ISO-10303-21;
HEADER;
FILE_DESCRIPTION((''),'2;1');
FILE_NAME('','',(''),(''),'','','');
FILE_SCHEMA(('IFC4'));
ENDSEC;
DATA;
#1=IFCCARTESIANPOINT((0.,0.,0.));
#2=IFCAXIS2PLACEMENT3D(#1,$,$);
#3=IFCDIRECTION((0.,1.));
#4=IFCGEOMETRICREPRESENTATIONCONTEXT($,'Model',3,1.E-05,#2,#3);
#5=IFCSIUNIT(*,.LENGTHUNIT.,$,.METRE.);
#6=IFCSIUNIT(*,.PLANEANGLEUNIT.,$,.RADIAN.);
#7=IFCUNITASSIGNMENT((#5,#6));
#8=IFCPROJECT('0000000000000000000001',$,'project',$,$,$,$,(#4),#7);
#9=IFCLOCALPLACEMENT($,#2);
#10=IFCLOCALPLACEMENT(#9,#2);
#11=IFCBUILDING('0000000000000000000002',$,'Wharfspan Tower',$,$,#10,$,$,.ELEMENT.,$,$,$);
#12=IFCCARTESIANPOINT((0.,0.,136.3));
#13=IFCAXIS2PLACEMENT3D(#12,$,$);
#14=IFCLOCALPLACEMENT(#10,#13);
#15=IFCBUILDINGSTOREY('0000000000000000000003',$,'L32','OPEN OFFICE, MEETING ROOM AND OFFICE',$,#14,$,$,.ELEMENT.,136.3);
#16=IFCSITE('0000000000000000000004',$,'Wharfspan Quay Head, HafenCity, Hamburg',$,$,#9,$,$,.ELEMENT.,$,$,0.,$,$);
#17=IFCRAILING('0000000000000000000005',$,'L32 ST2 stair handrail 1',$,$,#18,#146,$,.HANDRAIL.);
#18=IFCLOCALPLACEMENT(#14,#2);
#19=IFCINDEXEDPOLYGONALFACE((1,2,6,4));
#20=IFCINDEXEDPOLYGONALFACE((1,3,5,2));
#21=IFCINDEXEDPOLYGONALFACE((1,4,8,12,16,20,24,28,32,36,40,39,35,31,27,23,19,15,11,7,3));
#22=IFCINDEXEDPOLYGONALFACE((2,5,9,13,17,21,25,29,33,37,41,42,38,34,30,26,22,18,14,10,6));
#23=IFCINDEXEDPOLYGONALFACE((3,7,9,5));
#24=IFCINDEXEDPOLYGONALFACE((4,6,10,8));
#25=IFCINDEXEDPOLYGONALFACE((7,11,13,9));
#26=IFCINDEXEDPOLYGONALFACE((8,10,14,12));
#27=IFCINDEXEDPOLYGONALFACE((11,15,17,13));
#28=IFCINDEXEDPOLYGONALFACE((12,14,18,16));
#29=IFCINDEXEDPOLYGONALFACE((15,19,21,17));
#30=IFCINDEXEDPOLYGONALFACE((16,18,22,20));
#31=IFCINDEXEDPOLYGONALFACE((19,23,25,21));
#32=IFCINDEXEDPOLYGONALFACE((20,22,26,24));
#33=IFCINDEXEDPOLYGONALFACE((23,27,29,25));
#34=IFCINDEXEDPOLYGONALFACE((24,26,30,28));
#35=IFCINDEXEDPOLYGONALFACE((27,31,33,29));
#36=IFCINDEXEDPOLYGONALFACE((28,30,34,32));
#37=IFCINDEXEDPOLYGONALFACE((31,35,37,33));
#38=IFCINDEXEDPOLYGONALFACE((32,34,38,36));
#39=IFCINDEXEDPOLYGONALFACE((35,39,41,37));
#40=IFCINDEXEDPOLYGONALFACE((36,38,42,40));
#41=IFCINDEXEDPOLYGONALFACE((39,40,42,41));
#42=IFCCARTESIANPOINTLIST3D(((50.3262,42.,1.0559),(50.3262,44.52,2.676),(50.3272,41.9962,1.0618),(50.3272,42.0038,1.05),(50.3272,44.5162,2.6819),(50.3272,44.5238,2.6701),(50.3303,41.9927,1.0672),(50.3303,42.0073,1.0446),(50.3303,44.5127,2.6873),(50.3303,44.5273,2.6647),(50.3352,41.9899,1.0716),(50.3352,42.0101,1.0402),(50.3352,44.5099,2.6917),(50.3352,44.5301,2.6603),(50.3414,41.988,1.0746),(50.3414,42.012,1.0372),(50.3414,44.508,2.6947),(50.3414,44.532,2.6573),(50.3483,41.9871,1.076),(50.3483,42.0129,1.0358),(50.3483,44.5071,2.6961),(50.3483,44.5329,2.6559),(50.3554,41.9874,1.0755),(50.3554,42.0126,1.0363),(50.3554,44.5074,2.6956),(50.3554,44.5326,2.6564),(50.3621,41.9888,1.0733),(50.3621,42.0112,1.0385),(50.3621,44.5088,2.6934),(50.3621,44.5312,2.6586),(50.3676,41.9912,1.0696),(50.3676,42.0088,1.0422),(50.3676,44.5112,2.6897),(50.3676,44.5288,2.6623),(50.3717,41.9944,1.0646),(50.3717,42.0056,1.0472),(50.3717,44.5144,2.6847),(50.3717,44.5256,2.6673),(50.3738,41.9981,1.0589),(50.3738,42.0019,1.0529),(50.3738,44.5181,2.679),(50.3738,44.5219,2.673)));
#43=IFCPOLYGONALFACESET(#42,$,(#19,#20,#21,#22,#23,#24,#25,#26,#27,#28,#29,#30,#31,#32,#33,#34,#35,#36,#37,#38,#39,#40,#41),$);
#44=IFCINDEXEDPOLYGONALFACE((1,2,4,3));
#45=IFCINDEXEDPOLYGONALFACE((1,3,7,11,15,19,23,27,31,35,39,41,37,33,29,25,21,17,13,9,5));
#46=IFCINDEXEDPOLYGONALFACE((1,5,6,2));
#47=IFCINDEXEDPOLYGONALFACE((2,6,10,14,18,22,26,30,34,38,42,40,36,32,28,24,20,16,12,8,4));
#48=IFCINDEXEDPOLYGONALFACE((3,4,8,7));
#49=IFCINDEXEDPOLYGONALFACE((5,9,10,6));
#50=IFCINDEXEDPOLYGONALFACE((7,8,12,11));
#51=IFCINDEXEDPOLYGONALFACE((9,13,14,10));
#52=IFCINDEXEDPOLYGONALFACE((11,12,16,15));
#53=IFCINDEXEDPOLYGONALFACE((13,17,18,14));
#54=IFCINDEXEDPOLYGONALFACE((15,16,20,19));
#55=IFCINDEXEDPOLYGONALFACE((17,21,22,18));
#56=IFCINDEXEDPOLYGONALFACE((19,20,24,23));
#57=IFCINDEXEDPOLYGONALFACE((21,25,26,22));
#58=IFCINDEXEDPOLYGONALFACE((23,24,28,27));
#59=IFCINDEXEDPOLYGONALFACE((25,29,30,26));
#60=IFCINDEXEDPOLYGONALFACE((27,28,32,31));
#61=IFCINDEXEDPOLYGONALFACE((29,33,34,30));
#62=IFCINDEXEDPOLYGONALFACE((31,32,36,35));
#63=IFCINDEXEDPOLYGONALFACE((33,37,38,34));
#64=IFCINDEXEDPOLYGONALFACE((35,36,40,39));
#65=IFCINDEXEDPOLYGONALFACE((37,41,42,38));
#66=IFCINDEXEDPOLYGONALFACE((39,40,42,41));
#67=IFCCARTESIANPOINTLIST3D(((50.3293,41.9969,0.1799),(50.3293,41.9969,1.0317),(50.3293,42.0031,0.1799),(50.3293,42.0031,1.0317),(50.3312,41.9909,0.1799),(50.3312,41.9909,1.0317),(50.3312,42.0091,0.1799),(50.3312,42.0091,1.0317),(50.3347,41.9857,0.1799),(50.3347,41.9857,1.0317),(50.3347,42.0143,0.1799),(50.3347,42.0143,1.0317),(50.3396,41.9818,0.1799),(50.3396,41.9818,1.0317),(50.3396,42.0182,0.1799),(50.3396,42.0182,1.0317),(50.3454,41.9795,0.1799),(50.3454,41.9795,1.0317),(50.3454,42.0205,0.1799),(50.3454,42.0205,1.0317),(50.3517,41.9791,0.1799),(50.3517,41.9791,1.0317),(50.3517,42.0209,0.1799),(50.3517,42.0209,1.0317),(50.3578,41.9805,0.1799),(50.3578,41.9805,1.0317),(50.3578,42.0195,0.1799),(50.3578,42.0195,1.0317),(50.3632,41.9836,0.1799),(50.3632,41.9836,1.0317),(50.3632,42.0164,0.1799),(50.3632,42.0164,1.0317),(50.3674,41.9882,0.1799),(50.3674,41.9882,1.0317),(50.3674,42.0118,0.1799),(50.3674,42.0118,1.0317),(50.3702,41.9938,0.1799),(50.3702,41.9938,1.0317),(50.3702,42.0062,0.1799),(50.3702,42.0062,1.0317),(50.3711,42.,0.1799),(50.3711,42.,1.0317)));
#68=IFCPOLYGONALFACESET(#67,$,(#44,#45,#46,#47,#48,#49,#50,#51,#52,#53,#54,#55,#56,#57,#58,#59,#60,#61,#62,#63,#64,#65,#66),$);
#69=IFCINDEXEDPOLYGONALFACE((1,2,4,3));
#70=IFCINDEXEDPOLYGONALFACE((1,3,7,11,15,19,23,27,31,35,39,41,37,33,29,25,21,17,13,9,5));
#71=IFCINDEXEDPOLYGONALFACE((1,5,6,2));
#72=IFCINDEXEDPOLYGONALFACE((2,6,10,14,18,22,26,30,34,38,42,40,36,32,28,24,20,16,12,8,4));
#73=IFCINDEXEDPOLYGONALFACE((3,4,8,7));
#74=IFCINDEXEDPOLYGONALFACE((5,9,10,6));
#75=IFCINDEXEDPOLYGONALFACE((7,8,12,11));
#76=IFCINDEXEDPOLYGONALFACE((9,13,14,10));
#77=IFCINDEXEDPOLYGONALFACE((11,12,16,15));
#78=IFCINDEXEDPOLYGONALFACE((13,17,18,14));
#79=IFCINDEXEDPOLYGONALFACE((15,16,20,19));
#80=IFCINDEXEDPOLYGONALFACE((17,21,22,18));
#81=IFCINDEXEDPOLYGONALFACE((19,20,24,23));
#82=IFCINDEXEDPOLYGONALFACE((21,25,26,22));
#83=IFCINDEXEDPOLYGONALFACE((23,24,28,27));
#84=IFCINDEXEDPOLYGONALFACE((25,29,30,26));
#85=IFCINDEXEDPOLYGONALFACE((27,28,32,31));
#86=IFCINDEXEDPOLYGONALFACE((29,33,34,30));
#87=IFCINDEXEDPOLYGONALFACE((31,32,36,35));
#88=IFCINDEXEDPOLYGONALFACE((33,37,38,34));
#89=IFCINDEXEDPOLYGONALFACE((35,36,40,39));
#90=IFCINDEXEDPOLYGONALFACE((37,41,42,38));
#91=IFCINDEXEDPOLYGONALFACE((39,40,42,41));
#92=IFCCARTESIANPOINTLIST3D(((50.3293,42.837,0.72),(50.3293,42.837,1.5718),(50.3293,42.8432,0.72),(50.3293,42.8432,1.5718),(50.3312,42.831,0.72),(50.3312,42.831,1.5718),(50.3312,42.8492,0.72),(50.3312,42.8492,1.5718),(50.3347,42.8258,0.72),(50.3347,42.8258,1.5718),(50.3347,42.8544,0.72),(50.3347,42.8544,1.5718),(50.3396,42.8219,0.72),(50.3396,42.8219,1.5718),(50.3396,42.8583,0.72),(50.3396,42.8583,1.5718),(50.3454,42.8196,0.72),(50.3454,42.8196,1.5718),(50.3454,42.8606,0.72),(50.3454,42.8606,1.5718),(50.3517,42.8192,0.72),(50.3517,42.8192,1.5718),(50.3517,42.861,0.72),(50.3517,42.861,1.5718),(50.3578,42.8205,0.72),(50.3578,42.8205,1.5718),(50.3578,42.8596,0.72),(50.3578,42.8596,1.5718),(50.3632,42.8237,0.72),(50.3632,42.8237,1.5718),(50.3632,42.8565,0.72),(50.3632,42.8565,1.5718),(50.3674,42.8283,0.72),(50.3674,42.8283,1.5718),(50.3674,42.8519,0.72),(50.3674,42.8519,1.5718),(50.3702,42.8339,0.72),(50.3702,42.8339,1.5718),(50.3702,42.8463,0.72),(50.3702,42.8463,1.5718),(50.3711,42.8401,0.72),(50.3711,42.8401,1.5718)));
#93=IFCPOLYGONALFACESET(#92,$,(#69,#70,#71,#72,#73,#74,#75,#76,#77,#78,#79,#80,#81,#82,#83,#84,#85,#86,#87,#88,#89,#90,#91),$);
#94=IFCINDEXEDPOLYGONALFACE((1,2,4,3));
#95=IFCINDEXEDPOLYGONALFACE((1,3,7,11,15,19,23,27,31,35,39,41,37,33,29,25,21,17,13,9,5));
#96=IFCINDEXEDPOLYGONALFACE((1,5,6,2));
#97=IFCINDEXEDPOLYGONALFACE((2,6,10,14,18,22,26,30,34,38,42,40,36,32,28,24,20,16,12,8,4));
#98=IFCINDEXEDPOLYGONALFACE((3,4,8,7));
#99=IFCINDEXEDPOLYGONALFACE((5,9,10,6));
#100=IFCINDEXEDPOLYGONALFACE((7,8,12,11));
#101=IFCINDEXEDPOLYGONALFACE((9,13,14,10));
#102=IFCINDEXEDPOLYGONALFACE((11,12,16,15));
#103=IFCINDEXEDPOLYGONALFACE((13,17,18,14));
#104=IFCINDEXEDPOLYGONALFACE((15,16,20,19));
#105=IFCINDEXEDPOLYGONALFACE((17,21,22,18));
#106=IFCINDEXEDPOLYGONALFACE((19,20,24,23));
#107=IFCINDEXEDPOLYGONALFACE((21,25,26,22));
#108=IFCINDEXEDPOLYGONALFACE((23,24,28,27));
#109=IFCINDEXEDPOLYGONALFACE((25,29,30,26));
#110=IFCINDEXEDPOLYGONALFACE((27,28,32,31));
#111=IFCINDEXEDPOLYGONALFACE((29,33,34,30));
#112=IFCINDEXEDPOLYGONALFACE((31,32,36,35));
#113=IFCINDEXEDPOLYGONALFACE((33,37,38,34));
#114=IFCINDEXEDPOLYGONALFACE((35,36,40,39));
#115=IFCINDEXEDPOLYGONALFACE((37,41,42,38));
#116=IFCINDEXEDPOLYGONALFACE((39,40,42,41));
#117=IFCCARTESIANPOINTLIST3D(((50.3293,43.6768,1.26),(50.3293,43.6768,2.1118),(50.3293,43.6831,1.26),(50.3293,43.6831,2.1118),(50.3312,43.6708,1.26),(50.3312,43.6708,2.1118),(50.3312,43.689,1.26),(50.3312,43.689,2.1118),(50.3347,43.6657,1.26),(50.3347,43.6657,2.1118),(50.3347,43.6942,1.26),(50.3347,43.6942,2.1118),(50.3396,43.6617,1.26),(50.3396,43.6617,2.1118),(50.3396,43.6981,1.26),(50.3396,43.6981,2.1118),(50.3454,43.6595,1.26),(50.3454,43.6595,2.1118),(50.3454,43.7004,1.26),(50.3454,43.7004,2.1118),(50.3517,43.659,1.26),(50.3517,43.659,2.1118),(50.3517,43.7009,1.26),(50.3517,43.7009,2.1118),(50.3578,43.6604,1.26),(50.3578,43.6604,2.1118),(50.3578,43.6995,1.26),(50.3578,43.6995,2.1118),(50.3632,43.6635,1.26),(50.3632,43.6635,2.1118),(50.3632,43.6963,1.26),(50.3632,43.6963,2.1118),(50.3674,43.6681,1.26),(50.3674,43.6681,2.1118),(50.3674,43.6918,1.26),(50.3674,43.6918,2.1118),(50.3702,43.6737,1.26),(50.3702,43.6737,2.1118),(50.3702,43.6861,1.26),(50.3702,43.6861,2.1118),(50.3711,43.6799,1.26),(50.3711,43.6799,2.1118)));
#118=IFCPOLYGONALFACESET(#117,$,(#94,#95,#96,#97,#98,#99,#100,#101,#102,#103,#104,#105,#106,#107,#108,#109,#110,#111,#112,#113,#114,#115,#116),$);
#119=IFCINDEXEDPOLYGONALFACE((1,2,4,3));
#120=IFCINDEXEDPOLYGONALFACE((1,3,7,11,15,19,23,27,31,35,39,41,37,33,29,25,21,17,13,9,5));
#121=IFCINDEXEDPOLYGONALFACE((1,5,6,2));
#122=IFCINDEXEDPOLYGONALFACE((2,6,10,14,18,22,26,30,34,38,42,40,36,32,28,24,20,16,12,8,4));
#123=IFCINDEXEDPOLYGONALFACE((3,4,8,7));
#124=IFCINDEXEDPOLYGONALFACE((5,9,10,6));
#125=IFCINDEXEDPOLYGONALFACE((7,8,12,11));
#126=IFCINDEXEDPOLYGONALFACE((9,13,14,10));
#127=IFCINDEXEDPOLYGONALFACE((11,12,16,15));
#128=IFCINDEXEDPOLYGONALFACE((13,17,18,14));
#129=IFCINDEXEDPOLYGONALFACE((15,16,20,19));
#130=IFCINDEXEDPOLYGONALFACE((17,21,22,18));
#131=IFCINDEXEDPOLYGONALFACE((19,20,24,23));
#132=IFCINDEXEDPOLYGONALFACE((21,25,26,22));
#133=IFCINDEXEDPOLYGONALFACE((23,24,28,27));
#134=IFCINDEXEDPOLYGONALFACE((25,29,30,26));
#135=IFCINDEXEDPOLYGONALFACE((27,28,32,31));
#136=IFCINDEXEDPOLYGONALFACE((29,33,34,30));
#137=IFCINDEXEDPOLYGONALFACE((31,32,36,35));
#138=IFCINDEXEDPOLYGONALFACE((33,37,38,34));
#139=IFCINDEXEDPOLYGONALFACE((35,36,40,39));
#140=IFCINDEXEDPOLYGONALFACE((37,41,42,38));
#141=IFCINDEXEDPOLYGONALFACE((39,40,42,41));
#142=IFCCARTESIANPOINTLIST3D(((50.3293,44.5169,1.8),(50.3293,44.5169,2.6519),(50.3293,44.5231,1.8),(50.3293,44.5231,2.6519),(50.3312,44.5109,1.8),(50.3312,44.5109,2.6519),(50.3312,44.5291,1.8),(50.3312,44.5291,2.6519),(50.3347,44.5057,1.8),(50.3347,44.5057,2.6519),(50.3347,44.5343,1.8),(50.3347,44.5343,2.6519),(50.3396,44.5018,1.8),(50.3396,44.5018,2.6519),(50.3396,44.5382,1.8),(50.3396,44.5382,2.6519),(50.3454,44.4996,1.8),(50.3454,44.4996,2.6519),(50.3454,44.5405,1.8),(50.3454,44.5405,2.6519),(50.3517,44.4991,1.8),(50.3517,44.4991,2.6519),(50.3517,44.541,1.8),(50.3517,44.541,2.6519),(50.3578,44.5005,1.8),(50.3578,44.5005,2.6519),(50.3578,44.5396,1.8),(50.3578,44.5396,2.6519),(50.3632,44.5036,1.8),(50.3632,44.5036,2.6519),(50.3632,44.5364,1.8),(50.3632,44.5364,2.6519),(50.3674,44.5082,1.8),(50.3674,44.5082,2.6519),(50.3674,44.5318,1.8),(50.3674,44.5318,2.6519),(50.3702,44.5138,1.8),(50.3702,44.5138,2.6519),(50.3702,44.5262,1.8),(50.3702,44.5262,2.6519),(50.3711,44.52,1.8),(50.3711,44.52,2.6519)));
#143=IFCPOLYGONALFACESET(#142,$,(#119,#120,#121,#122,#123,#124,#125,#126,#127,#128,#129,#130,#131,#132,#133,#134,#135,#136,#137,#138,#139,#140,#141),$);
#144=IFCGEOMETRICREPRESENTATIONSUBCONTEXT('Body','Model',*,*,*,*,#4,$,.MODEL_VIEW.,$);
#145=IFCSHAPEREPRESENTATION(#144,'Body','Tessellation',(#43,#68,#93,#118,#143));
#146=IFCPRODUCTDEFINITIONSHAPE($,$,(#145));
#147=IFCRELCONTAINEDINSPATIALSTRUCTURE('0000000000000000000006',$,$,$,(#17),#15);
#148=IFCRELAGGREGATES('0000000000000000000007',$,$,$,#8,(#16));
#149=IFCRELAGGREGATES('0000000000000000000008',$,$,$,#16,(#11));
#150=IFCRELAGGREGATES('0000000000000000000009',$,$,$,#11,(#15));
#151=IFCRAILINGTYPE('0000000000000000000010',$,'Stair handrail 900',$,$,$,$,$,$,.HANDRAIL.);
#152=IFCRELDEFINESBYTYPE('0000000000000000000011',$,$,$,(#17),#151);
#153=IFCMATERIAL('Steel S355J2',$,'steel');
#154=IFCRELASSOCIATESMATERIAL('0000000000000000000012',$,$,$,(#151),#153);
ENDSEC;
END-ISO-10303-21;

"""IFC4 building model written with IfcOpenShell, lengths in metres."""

from ifc_helpers import new_model, si_unit, direction, frame, origin, origin_2d, place, context, subcontext, project, spatial, circle, extrude, material, type_object, element, save


model = new_model("IFC4")

# Units and contexts
model_context = context("Model", 3, precision=1e-05, world=origin(), true_north=direction((0.0, 1.0)))
body_context = subcontext(model_context, "Body", "Model", "MODEL_VIEW")
ifc_project = project(units=[si_unit("LENGTHUNIT", "METRE"), si_unit("PLANEANGLEUNIT", "RADIAN")], contexts=[model_context])

# Site, building, storey
site_placement = place(None, origin())
site = spatial("IfcSite", under=ifc_project, at=site_placement, Name="Wharfspan Quay Head, HafenCity, Hamburg", CompositionType="ELEMENT", RefElevation=0.0)
building_placement = place(site_placement, origin())
building = spatial("IfcBuilding", under=site, at=building_placement, Name="Wharfspan Tower", CompositionType="ELEMENT")
storey_placement = place(building_placement, frame((0.0, 0.0, 136.3)))
storey = spatial("IfcBuildingStorey", under=building, at=storey_placement, Name="L32", Description="OPEN OFFICE, MEETING ROOM AND OFFICE", CompositionType="ELEMENT", Elevation=136.3)

# Shared definitions
ifc_material_1 = material(Name="Steel S355J2", Category="steel")

# Railing
railing_type_1 = type_object("IfcRailingType", Name="Stair handrail 900", PredefinedType="HANDRAIL", material=ifc_material_1)
railing_1_placement = place(storey_placement, frame((50.3501, 42.0, 0.1799)))
element("IfcRailing", 1, at=railing_1_placement, inside=storey, type_object=railing_type_1, Name="L32 ST2 stair handrail 1", PredefinedType="HANDRAIL", context=body_context, shape_type="SweptSolid", body=[
    extrude(circle(Radius=0.0239, at=origin_2d()), frame((0.0, 0.0, 0.876), z_axis=(0.0, 0.841163, 0.540782), x_axis=(-1.0, 0.0, 0.0)), (0.0, 0.0, 1.0), 2.9958),
    extrude(circle(Radius=0.021, at=origin_2d()), origin(), (0.0, 0.0, 1.0), 0.8518),
    extrude(circle(Radius=0.021, at=origin_2d()), frame((0.0, 0.8401, 0.54)), (0.0, 0.0, 1.0), 0.8518),
    extrude(circle(Radius=0.021, at=origin_2d()), frame((0.0, 1.6799, 1.0801)), (0.0, 0.0, 1.0), 0.8518),
    extrude(circle(Radius=0.021, at=origin_2d()), frame((0.0, 2.52, 1.6201)), (0.0, 0.0, 1.0), 0.8518),
])

save(model, "model.ifc")
